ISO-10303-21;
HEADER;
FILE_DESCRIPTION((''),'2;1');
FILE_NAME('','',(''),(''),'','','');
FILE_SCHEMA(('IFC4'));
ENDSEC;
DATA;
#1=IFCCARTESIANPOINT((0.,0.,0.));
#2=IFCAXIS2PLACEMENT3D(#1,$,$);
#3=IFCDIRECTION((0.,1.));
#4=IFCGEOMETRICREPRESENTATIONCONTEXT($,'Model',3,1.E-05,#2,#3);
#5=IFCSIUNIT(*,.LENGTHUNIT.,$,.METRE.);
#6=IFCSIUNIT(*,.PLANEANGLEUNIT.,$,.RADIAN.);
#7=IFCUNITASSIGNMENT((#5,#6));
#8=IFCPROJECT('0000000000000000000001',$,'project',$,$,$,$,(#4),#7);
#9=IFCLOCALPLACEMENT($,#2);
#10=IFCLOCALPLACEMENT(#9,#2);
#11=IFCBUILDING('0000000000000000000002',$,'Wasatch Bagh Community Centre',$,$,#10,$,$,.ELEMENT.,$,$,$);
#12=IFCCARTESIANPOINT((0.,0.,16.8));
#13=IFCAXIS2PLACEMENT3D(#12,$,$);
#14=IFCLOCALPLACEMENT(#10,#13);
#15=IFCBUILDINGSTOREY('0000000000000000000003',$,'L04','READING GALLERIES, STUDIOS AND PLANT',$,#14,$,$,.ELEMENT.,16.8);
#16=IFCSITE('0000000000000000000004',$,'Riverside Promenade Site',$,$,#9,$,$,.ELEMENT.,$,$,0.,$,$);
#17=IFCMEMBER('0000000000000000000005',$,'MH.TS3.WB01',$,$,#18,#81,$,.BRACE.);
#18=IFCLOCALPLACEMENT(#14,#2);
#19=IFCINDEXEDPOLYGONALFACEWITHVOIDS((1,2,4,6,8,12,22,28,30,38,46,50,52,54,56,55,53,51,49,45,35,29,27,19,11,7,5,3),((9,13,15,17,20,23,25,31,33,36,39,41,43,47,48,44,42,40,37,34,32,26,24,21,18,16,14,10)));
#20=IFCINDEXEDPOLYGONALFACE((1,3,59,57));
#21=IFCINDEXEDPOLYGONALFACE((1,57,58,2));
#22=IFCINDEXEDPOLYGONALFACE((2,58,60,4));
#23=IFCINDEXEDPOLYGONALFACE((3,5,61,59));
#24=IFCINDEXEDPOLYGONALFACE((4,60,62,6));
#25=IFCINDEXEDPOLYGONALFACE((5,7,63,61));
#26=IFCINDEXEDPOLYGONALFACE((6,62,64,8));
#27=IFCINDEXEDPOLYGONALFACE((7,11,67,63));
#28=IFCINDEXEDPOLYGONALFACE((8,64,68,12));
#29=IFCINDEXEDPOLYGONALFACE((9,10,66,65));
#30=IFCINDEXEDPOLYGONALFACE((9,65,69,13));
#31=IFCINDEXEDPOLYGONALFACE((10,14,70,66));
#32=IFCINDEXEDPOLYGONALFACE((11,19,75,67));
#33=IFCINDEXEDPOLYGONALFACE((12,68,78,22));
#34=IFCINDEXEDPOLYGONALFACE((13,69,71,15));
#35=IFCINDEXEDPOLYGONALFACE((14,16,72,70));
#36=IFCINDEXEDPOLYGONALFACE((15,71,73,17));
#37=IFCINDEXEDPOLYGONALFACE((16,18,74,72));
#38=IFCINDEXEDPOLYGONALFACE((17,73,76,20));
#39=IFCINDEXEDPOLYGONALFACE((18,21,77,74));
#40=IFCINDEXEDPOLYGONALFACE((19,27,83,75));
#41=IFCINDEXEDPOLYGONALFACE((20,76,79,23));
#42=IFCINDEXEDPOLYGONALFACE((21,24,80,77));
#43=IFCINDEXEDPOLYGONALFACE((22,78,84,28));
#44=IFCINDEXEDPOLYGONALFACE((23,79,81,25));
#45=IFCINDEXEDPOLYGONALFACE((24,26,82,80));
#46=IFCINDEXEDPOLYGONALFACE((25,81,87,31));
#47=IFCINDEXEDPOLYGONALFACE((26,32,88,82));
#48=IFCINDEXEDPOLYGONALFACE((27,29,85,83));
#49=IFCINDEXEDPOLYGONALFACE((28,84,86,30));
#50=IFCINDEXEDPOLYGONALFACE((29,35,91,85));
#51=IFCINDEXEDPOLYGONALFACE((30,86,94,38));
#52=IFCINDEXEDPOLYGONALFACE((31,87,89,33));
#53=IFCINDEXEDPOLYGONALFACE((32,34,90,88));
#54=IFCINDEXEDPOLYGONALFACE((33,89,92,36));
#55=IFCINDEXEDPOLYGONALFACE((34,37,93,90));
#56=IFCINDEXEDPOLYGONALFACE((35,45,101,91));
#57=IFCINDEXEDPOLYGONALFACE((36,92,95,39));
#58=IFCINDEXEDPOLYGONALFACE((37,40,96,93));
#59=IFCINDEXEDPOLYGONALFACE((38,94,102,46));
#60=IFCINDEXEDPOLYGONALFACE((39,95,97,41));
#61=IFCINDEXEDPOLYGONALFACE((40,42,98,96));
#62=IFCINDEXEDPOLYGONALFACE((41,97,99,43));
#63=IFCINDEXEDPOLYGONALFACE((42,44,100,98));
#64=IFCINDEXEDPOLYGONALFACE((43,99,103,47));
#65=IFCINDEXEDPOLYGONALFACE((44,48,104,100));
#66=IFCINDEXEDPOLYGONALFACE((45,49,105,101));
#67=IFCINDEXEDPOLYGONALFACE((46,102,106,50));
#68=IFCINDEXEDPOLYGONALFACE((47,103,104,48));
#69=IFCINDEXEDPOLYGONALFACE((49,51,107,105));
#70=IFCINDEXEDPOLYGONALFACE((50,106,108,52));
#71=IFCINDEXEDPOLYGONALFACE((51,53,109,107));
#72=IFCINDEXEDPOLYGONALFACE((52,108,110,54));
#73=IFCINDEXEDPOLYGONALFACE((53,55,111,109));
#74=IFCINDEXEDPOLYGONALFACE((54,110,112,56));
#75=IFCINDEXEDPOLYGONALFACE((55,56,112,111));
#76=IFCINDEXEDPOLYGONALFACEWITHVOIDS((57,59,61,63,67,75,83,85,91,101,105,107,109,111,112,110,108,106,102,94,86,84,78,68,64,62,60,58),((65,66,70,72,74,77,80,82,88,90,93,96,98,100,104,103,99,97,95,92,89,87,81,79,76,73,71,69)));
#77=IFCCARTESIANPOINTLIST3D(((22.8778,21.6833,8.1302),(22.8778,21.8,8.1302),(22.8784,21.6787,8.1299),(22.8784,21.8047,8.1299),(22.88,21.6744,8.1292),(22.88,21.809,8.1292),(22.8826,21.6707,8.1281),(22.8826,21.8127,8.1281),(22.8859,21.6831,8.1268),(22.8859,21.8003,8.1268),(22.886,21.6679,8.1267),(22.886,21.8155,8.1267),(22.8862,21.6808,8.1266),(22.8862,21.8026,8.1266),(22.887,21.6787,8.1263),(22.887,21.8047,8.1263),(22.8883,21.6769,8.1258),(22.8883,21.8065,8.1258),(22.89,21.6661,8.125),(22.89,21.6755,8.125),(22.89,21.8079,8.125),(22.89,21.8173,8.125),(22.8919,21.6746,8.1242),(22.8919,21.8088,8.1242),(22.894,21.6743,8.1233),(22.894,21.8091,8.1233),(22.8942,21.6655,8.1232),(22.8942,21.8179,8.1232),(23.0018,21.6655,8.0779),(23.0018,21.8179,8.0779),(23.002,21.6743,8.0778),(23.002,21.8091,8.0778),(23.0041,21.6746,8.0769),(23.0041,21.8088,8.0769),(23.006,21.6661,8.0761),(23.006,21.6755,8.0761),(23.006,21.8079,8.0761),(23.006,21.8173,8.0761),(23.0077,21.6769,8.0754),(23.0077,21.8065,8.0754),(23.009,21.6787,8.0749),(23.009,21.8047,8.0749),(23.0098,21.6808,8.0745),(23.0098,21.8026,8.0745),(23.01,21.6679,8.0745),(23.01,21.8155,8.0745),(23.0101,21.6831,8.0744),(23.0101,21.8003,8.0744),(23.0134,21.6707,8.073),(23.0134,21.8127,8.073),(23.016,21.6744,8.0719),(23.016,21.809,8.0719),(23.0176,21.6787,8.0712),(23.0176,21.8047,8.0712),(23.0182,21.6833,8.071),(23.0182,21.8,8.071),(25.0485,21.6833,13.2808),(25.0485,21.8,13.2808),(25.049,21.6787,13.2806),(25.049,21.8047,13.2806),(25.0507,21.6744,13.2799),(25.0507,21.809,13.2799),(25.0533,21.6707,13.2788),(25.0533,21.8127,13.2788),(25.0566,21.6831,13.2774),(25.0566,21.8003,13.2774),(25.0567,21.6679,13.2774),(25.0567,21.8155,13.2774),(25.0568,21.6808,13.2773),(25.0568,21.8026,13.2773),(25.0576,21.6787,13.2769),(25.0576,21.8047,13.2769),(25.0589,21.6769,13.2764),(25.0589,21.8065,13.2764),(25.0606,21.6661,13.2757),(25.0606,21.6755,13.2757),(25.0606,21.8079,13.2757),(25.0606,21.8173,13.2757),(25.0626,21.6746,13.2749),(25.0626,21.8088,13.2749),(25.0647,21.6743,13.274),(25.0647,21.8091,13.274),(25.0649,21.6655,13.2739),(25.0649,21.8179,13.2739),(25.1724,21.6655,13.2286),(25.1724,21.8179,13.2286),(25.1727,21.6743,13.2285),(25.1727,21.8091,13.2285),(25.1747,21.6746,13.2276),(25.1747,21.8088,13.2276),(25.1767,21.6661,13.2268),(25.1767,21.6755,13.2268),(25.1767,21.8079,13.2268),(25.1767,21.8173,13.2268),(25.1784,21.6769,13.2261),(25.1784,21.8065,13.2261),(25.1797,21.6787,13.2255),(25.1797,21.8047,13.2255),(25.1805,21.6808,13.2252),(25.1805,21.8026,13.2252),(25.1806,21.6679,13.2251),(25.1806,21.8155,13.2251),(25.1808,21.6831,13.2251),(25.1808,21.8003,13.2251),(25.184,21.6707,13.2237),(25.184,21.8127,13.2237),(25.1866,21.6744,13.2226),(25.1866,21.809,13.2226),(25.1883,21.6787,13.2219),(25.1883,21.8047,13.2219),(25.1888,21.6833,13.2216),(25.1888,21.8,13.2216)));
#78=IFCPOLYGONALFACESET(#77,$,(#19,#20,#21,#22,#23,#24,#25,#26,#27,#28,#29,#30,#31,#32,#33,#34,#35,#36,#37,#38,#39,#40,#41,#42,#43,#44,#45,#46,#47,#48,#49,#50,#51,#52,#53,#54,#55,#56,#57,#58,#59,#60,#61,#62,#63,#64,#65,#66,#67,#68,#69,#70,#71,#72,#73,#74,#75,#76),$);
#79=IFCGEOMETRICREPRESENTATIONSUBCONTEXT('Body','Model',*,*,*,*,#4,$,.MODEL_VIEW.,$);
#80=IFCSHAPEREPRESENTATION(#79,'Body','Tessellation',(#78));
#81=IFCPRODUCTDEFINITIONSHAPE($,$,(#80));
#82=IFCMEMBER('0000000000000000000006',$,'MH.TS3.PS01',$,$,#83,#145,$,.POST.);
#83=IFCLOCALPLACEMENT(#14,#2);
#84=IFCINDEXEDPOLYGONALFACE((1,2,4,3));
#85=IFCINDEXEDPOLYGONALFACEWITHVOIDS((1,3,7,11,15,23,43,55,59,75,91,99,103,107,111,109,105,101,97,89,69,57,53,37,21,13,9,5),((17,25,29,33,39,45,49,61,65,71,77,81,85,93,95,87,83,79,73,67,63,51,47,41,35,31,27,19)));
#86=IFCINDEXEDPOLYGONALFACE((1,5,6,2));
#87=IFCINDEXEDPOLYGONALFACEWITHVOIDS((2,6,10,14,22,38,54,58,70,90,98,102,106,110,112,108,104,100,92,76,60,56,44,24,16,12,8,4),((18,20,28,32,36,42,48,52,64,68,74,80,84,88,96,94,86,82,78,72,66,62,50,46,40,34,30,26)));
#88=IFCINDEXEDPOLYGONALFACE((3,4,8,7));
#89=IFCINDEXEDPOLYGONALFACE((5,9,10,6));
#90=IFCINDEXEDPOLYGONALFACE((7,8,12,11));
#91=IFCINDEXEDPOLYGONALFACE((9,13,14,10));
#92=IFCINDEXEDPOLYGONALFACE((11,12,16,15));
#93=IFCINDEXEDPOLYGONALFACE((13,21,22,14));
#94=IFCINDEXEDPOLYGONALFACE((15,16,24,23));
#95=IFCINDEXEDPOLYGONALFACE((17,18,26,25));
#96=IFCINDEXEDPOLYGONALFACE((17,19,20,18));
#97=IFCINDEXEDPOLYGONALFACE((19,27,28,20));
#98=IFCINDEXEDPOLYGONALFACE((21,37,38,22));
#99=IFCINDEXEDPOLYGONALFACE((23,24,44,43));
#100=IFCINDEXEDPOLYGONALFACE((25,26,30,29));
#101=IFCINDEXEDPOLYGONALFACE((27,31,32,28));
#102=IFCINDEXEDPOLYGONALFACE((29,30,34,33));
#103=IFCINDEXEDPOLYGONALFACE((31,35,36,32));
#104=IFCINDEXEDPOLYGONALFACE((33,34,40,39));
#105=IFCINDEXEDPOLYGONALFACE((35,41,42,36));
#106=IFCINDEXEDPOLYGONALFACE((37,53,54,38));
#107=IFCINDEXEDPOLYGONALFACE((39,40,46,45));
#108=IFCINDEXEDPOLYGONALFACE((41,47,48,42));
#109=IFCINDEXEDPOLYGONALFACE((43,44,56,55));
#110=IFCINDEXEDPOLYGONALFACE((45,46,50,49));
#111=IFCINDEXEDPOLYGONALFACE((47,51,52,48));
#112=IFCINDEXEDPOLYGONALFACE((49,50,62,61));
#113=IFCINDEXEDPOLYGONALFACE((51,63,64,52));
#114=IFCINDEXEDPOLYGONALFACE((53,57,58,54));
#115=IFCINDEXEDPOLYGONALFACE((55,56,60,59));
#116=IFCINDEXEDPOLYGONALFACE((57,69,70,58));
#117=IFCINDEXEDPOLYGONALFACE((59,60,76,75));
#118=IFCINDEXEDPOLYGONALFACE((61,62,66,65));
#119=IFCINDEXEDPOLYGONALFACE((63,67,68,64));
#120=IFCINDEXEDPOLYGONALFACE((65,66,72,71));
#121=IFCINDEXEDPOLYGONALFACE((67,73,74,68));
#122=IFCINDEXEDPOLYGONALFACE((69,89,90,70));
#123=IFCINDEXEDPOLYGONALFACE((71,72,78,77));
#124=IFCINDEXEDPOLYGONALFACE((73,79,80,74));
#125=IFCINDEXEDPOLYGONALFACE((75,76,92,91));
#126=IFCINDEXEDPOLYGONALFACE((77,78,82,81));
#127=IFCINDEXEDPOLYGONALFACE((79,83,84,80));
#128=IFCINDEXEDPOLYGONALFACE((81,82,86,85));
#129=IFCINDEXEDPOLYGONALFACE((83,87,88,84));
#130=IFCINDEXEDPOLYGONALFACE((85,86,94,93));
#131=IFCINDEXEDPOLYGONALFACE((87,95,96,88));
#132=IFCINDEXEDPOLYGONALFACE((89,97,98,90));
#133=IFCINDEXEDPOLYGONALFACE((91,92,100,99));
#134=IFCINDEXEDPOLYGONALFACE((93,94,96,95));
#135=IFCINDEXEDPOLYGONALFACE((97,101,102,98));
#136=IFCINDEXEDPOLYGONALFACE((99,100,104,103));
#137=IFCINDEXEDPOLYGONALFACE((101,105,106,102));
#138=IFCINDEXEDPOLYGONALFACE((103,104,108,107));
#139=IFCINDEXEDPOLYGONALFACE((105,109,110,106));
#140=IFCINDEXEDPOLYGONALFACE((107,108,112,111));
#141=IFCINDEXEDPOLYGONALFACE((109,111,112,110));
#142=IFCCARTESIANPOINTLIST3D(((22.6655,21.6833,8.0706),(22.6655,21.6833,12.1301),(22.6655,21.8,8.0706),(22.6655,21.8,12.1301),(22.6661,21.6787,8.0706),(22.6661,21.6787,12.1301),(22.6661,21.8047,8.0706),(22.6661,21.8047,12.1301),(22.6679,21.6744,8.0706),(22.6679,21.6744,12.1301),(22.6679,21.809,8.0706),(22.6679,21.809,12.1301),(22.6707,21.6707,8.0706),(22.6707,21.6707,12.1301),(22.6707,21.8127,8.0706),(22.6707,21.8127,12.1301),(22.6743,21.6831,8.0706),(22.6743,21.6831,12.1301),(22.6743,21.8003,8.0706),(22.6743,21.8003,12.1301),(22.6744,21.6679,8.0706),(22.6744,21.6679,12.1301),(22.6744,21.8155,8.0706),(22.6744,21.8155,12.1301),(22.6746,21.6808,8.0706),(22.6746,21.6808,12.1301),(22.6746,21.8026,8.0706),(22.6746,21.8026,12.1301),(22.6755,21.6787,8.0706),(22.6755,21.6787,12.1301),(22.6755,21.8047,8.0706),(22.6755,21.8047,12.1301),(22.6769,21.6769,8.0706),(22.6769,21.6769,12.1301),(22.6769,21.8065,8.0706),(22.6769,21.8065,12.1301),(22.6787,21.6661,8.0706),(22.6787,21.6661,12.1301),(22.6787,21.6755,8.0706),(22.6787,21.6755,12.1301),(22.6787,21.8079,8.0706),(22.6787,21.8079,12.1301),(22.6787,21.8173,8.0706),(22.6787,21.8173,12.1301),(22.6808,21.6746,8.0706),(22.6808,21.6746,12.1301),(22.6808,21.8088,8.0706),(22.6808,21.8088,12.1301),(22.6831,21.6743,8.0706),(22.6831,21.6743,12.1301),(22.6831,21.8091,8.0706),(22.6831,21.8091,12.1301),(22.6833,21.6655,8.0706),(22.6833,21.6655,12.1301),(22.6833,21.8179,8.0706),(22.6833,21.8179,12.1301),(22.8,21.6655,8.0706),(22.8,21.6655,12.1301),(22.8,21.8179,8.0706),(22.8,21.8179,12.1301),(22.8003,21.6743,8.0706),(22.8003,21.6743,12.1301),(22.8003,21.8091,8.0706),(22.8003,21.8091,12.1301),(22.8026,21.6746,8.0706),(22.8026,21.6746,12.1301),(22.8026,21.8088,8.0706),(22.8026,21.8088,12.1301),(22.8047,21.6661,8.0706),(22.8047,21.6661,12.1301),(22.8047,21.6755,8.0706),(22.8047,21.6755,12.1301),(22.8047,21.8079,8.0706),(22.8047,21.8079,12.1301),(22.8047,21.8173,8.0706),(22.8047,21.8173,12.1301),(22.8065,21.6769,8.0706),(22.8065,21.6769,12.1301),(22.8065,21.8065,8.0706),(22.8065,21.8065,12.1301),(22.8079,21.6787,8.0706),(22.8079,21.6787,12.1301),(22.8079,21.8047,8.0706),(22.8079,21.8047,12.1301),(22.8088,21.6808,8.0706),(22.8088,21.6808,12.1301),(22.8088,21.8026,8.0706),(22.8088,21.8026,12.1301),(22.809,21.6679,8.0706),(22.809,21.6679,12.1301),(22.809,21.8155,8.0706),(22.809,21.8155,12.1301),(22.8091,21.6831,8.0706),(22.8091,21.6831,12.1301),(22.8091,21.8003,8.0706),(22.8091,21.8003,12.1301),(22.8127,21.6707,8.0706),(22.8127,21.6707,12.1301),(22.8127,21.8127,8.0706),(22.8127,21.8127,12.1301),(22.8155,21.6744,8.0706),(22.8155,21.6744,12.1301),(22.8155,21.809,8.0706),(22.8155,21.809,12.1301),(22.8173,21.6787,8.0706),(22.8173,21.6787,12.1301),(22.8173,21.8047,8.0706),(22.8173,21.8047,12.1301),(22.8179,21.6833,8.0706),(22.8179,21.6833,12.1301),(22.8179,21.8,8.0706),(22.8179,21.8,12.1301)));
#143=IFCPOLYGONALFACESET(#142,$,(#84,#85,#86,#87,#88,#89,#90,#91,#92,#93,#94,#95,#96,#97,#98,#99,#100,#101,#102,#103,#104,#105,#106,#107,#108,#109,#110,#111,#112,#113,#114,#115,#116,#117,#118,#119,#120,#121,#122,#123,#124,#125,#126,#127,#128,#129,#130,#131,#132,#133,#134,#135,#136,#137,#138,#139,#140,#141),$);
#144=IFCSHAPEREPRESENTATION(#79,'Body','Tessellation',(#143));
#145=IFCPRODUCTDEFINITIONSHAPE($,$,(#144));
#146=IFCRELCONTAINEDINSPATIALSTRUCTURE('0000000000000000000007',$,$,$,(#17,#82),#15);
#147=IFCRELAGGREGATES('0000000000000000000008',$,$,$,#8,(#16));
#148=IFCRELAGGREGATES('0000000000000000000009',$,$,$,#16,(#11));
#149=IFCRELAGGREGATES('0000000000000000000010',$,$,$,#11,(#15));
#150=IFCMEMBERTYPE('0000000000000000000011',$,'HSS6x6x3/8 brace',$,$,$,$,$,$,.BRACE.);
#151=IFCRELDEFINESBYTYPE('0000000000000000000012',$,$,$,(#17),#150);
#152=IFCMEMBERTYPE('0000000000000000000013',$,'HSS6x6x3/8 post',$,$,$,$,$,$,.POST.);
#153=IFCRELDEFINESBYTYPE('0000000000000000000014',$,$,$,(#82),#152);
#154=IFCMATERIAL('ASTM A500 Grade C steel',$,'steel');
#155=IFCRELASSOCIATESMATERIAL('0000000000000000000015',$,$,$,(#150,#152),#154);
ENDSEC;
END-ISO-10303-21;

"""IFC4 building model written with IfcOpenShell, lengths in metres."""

from ifc_helpers import new_model, si_unit, direction, frame, origin, origin_2d, place, context, subcontext, project, spatial, hollow_rectangle, extrude, material, material_profile, profile_set, type_object, element, save


model = new_model("IFC4")

# Units and contexts
model_context = context("Model", 3, precision=1e-05, world=origin(), true_north=direction((0.0, 1.0)))
body_context = subcontext(model_context, "Body", "Model", "MODEL_VIEW")
ifc_project = project(units=[si_unit("LENGTHUNIT", "METRE"), si_unit("PLANEANGLEUNIT", "RADIAN")], contexts=[model_context])

# Site, building, storey
site_placement = place(None, origin())
site = spatial("IfcSite", under=ifc_project, at=site_placement, Name="Riverside Promenade Site", CompositionType="ELEMENT", RefElevation=0.0)
building_placement = place(site_placement, origin())
building = spatial("IfcBuilding", under=site, at=building_placement, Name="Wasatch Bagh Community Centre", CompositionType="ELEMENT")
storey_placement = place(building_placement, frame((0.0, 0.0, 16.8)))
storey = spatial("IfcBuildingStorey", under=building, at=storey_placement, Name="L04", Description="READING GALLERIES, STUDIOS AND PLANT", CompositionType="ELEMENT", Elevation=16.8)

# Members
ifc_material_1 = material(Name="ASTM A500 Grade C steel", Category="steel")
ifc_material_profile_1 = material_profile(ifc_material_1, hollow_rectangle(XDim=0.1523, YDim=0.1523, WallThickness=0.0088, InnerFilletRadius=0.0088, OuterFilletRadius=0.0178, at=origin_2d()), Name="HSS6x6x3/8")
ifc_profile_set_1 = profile_set([ifc_material_profile_1], Name="ASTM A500 Grade C steel")
member_type_1 = type_object("IfcMemberType", Name="HSS6x6x3/8 brace", PredefinedType="BRACE", material=ifc_profile_set_1)
member_1_placement = place(storey_placement, frame((22.948, 21.7417, 8.1006), z_axis=(0.388356, 0.0, 0.92151), x_axis=(0.0, 1.0, 0.0)))
element("IfcMember", 1, at=member_1_placement, inside=storey, type_object=member_type_1, Name="MH.TS3.WB01", PredefinedType="BRACE", context=body_context, shape_type="SweptSolid", body=[
    extrude(hollow_rectangle(XDim=0.1523, YDim=0.1523, WallThickness=0.0088, InnerFilletRadius=0.0088, OuterFilletRadius=0.0178, at=origin_2d()), origin(), (0.0, 0.0, 1.0), 5.5894),
])
ifc_material_profile_2 = material_profile(ifc_material_1, hollow_rectangle(XDim=0.1523, YDim=0.1523, WallThickness=0.0088, InnerFilletRadius=0.0088, OuterFilletRadius=0.0178, at=origin_2d()), Name="HSS6x6x3/8")
ifc_profile_set_2 = profile_set([ifc_material_profile_2], Name="ASTM A500 Grade C steel")
member_type_2 = type_object("IfcMemberType", Name="HSS6x6x3/8 post", PredefinedType="POST", material=ifc_profile_set_2)
member_2_placement = place(storey_placement, frame((22.7417, 21.7417, 8.0706), z_axis=(0.0, 0.0, 1.0), x_axis=(1.0, 0.0, 0.0)))
element("IfcMember", 2, at=member_2_placement, inside=storey, type_object=member_type_2, Name="MH.TS3.PS01", PredefinedType="POST", context=body_context, shape_type="SweptSolid", body=[
    extrude(hollow_rectangle(XDim=0.1523, YDim=0.1523, WallThickness=0.0088, InnerFilletRadius=0.0088, OuterFilletRadius=0.0178, at=origin_2d()), origin(), (0.0, 0.0, 1.0), 4.0596),
])

save(model, "model.ifc")
